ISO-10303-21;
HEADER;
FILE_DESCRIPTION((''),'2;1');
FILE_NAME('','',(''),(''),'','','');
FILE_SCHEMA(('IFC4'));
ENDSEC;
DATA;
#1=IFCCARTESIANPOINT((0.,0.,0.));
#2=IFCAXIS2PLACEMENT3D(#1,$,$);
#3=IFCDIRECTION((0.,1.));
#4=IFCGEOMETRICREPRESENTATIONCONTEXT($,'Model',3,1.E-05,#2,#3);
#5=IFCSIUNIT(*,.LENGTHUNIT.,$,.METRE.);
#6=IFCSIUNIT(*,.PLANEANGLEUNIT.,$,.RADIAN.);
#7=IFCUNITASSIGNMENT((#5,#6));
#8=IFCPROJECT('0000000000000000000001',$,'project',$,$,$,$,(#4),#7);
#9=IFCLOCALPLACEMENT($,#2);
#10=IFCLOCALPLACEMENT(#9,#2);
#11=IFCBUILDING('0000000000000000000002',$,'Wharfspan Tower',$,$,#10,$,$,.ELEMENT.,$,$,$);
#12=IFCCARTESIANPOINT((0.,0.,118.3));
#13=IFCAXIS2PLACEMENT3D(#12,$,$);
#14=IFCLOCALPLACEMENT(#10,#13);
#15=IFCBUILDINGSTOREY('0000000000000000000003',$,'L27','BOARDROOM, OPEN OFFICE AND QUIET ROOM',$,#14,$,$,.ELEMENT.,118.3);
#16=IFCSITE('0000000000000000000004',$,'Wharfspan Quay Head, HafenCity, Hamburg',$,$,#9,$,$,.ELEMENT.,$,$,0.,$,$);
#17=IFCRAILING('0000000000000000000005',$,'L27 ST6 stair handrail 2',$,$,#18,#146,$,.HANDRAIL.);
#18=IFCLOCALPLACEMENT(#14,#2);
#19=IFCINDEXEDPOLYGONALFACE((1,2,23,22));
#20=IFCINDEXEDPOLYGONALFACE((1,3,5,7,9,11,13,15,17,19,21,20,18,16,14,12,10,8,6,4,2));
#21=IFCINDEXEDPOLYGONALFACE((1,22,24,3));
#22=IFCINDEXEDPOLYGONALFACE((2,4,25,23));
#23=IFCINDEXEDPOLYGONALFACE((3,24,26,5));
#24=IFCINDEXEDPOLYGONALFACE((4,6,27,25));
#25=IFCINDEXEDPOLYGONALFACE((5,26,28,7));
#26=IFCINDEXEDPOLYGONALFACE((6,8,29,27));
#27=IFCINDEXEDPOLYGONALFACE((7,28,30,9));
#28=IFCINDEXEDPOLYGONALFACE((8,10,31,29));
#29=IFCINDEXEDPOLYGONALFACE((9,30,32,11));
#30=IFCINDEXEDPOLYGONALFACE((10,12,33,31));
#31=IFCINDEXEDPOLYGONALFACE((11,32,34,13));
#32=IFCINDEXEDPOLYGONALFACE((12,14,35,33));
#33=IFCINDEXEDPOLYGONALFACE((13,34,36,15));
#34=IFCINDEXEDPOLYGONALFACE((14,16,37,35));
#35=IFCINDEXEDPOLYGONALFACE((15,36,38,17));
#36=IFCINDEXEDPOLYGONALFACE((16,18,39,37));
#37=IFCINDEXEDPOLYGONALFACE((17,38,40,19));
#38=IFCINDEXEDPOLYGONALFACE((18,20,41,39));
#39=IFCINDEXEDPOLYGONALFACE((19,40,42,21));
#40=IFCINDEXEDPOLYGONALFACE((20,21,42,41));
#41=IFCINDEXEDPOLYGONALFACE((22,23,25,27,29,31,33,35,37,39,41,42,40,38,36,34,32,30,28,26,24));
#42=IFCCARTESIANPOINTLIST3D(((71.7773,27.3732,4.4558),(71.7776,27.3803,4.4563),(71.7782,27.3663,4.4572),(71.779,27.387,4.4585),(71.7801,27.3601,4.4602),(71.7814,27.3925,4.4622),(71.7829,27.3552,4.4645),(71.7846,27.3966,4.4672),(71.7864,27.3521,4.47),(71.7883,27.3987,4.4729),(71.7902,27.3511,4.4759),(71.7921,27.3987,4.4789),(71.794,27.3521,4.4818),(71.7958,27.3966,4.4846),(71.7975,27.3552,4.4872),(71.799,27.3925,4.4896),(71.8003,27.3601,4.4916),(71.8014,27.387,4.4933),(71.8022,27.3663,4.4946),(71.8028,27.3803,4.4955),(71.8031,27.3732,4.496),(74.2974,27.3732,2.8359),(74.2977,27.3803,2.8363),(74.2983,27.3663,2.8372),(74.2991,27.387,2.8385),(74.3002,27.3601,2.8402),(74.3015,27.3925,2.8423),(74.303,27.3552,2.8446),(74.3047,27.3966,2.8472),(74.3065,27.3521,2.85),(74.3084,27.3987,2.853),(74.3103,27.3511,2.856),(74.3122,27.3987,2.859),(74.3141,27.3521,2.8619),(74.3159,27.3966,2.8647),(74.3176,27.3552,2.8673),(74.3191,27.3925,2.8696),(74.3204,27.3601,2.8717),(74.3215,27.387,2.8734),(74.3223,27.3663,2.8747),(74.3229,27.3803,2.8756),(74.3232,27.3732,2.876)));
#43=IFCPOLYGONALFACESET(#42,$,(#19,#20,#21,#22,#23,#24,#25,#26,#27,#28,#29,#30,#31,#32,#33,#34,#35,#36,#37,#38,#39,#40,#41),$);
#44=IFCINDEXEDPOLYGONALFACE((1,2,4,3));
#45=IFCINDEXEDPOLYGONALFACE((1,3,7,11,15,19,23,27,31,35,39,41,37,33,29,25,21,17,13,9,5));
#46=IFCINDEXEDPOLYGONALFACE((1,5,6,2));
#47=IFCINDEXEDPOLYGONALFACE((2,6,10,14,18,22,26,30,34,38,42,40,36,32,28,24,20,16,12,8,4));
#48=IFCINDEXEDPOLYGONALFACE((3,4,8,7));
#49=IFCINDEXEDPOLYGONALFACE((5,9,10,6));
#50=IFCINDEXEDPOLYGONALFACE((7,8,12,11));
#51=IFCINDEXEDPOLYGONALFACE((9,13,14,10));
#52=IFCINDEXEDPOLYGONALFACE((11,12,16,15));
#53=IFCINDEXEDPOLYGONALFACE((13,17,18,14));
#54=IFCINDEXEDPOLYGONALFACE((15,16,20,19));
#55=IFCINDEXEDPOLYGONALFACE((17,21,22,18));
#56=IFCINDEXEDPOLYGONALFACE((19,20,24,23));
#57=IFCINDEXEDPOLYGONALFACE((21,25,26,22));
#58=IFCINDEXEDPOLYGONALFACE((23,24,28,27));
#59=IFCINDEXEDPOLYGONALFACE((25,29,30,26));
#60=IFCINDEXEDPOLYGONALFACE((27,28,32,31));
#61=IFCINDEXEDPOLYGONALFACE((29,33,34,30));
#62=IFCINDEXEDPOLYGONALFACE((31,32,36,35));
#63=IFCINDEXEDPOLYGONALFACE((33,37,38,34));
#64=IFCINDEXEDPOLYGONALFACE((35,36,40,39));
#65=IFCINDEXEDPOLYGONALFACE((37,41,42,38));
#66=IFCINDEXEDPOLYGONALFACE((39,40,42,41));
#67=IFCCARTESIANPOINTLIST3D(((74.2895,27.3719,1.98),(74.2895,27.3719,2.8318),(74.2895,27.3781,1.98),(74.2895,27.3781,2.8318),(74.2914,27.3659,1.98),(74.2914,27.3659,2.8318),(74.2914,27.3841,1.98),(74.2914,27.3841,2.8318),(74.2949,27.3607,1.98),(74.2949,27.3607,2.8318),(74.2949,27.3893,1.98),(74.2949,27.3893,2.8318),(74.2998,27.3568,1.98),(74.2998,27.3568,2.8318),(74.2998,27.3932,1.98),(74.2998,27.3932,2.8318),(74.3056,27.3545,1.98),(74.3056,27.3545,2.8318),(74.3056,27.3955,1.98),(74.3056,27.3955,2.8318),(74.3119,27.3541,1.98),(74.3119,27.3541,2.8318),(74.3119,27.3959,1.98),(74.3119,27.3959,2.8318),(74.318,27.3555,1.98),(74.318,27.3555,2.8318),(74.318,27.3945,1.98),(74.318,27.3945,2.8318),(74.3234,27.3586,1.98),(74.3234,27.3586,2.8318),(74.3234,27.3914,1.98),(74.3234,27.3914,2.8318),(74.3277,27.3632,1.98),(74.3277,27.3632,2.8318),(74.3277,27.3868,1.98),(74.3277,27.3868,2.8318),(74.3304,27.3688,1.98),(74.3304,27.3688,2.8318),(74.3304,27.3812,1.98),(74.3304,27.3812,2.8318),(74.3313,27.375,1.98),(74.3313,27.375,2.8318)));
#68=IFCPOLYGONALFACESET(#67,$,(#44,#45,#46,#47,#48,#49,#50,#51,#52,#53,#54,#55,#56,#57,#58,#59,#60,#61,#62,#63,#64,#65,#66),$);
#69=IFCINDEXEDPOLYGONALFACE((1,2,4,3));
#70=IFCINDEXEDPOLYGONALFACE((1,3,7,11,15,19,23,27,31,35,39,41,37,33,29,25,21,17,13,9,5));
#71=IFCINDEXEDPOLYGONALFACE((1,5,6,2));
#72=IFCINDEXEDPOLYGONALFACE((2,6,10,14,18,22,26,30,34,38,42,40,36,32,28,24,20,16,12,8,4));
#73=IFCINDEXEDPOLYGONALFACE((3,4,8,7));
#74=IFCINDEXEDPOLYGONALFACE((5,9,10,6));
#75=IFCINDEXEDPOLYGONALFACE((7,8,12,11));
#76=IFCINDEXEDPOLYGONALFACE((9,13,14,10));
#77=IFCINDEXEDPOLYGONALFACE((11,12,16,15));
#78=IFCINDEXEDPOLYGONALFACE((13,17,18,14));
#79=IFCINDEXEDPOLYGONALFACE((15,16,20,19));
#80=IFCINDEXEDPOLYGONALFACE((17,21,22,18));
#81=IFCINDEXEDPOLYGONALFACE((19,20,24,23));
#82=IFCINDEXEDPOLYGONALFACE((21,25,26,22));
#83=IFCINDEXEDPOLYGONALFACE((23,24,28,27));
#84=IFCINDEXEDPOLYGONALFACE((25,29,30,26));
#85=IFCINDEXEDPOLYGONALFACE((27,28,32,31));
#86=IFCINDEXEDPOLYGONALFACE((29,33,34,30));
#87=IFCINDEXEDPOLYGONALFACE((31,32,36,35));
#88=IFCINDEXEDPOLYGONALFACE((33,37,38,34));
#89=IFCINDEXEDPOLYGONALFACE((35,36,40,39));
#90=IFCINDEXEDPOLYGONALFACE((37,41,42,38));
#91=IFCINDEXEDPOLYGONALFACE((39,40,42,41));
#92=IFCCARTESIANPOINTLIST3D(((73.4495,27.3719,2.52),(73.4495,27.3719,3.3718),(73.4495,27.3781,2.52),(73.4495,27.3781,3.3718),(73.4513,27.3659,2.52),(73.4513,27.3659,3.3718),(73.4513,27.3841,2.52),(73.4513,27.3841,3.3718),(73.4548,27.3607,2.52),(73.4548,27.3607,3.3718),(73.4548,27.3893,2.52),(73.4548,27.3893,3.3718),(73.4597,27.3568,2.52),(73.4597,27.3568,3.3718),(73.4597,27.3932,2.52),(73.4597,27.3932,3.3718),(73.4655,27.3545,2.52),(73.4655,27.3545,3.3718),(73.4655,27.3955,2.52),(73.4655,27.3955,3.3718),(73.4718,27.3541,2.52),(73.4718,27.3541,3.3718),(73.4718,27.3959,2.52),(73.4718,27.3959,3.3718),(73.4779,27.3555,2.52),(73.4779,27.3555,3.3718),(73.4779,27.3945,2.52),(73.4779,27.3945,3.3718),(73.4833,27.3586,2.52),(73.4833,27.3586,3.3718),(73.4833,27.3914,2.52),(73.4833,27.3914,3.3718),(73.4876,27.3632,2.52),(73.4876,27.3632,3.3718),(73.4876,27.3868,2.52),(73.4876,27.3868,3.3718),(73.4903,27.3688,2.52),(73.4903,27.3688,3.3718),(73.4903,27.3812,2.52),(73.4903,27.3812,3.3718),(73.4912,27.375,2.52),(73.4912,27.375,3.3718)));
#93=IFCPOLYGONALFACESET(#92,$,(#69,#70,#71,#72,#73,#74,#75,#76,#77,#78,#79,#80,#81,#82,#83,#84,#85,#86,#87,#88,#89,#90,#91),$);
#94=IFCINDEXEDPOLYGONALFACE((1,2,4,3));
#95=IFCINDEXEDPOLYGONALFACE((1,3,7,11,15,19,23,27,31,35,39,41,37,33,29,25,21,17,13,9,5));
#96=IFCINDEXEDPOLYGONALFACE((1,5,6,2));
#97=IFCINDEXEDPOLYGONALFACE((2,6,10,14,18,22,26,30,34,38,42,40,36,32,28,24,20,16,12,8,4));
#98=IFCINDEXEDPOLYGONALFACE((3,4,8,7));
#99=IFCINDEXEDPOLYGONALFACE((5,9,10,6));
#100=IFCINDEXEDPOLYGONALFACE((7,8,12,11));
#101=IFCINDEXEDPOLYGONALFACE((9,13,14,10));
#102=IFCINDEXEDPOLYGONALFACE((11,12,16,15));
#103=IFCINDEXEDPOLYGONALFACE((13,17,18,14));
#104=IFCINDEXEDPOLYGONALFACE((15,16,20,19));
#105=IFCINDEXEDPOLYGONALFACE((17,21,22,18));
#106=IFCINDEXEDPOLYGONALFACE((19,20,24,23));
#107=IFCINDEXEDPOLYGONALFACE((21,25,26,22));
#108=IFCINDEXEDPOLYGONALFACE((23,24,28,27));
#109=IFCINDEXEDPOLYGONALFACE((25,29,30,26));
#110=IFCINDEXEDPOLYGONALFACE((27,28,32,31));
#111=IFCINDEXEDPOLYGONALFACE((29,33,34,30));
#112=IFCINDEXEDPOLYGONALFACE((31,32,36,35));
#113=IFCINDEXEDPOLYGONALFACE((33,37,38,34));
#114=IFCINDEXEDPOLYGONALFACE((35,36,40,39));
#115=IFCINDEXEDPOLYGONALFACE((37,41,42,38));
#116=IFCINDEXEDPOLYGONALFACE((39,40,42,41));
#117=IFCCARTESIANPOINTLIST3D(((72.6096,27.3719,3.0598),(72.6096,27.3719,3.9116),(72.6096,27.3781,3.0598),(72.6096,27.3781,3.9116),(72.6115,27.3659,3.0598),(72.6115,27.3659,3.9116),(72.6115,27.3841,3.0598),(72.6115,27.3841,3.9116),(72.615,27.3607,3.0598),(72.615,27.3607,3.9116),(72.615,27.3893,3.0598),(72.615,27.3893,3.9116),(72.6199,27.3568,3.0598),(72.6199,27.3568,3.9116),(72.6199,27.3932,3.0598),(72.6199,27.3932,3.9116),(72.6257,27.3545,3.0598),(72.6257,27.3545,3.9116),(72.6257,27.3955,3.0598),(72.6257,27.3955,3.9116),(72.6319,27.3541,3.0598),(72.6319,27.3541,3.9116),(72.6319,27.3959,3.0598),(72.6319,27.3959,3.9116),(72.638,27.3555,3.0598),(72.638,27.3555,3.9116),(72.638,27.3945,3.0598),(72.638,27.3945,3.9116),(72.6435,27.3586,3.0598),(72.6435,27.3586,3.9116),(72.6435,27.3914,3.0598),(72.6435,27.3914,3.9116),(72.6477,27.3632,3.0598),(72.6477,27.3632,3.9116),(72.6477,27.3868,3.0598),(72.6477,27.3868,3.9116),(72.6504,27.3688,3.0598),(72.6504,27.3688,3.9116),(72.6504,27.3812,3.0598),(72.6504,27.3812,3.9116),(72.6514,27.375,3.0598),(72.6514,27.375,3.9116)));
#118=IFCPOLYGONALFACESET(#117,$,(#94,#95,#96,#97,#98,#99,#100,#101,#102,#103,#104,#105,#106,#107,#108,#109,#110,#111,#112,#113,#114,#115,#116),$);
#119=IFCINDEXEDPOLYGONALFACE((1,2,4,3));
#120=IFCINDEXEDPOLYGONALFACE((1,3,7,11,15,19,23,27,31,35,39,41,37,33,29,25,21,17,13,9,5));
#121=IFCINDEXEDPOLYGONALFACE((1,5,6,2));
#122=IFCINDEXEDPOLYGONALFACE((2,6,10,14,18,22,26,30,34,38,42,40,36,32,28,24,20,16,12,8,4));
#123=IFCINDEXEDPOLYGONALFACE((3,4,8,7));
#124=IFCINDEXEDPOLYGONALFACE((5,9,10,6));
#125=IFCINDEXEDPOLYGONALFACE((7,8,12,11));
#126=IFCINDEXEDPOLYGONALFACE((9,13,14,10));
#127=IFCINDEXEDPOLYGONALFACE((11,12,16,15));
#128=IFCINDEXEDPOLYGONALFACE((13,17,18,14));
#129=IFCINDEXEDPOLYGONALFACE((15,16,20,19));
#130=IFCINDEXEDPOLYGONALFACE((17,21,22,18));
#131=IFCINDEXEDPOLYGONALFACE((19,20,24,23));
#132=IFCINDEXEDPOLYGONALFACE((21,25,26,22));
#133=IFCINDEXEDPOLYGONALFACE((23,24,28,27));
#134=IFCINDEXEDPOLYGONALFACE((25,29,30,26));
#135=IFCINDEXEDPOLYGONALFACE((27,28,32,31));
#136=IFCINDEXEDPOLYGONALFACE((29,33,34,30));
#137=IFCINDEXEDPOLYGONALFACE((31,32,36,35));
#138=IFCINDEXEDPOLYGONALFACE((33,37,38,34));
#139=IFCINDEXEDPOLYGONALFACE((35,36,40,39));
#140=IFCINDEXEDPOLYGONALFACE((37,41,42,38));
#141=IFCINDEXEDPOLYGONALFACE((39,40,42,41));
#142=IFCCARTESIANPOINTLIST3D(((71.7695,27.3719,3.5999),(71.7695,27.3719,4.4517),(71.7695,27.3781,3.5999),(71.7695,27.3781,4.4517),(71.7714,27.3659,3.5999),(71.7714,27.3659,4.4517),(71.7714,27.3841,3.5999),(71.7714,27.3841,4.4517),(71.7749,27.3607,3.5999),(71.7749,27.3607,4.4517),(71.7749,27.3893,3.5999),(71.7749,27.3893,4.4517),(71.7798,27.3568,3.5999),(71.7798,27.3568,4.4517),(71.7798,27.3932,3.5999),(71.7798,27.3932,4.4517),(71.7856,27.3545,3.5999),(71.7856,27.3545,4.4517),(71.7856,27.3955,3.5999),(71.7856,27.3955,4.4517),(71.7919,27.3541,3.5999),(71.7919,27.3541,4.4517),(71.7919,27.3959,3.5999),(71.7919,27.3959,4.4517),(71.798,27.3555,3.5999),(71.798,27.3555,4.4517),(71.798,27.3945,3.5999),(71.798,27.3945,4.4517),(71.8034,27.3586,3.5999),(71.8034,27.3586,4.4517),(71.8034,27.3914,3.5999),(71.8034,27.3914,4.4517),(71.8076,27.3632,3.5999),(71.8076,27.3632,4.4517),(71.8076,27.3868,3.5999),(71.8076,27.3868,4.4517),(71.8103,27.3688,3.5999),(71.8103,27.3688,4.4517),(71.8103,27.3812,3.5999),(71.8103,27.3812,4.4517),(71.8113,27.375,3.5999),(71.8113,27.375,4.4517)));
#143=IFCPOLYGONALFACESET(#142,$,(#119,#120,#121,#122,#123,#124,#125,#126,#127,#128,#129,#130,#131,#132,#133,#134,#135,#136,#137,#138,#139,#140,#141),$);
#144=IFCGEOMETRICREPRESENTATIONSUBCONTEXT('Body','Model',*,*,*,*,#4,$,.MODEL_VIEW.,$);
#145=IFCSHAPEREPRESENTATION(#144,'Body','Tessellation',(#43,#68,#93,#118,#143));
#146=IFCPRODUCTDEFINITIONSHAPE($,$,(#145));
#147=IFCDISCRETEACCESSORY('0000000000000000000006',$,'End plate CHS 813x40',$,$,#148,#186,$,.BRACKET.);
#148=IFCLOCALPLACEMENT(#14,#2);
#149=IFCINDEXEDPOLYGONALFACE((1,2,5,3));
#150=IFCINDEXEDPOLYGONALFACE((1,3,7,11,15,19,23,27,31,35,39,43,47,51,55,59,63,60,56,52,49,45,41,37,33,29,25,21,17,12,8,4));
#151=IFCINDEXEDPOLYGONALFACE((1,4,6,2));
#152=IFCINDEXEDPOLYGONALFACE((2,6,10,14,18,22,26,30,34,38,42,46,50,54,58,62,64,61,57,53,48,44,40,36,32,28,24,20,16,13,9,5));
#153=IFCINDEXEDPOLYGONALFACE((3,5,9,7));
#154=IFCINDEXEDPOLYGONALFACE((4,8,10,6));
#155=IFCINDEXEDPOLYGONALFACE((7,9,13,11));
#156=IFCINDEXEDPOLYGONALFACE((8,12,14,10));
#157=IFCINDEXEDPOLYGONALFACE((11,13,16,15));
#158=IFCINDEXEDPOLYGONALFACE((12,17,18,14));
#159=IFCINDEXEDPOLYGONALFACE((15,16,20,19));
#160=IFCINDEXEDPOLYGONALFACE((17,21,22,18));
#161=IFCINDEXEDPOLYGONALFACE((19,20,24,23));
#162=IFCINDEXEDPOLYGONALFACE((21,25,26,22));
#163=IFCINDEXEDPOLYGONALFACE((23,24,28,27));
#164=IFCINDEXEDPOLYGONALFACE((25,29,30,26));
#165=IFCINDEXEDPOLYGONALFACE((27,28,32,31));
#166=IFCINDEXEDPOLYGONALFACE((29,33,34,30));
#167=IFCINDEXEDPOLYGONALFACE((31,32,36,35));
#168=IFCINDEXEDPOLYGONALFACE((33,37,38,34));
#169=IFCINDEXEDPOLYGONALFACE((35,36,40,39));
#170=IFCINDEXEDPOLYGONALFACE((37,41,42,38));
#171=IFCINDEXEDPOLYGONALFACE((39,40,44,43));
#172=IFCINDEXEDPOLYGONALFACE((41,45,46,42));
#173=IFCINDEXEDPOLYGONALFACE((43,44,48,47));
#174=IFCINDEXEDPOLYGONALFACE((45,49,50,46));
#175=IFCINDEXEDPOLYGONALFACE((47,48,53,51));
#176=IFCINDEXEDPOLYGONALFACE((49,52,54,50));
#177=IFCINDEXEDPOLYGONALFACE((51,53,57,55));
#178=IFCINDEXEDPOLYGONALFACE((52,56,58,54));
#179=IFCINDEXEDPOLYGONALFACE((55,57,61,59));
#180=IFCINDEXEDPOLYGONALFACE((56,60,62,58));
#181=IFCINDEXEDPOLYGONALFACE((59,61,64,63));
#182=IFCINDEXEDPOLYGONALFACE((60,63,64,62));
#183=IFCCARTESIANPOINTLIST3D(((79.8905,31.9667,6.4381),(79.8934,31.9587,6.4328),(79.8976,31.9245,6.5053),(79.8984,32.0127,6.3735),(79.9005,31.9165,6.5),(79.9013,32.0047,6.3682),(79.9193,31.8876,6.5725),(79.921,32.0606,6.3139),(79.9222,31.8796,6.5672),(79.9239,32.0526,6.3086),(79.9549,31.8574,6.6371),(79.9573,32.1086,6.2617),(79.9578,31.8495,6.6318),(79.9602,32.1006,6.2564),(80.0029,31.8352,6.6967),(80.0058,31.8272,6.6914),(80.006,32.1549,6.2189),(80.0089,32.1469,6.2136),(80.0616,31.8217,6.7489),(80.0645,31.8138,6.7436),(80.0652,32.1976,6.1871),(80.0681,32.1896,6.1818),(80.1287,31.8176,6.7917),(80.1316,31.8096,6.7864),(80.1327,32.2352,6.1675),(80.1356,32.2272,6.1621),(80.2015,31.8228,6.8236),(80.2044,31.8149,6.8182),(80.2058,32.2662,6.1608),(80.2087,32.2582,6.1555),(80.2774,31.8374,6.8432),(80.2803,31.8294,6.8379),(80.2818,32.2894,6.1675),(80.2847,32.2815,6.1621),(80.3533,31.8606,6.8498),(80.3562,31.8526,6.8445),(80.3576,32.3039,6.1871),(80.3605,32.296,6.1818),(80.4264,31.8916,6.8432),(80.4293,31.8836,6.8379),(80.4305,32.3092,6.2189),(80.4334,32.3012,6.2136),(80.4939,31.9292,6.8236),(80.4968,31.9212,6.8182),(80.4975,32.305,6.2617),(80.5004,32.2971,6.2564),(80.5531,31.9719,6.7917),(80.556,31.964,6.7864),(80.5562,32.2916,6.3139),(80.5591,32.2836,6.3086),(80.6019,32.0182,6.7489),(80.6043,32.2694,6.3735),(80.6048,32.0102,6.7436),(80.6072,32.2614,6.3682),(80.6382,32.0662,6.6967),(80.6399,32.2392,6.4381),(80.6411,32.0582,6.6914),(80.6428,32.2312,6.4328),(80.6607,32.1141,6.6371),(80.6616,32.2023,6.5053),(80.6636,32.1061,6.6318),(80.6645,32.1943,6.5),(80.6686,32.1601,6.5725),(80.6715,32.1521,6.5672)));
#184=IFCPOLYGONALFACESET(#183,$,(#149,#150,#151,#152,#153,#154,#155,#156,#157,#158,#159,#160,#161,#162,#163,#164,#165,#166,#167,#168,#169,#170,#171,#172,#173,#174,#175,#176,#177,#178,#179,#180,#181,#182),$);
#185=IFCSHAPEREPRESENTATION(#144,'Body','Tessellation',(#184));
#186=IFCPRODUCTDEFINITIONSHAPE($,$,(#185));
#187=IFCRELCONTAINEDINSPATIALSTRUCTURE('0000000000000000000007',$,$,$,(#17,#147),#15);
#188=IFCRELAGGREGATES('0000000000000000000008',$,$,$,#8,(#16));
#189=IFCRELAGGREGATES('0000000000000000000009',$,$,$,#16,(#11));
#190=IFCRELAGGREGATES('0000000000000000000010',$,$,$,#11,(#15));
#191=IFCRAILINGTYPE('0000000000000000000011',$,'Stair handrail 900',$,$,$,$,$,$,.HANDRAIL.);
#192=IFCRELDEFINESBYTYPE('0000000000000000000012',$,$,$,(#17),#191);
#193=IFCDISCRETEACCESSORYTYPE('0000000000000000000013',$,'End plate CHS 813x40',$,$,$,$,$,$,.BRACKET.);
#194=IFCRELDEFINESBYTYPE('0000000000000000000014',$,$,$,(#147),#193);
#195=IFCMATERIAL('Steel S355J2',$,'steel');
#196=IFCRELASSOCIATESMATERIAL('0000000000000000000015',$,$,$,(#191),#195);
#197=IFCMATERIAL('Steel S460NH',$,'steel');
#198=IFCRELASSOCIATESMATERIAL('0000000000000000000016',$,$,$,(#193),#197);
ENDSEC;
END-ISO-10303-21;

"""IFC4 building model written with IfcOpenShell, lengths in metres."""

from ifc_helpers import new_model, si_unit, direction, frame, origin, origin_2d, place, context, subcontext, project, spatial, circle, extrude, material, material_profile, profile_set, type_object, element, save


model = new_model("IFC4")

# Units and contexts
model_context = context("Model", 3, precision=1e-05, world=origin(), true_north=direction((0.0, 1.0)))
body_context = subcontext(model_context, "Body", "Model", "MODEL_VIEW")
ifc_project = project(units=[si_unit("LENGTHUNIT", "METRE"), si_unit("PLANEANGLEUNIT", "RADIAN")], contexts=[model_context])

# Site, building, storey
site_placement = place(None, origin())
site = spatial("IfcSite", under=ifc_project, at=site_placement, Name="Wharfspan Quay Head, HafenCity, Hamburg", CompositionType="ELEMENT", RefElevation=0.0)
building_placement = place(site_placement, origin())
building = spatial("IfcBuilding", under=site, at=building_placement, Name="Wharfspan Tower", CompositionType="ELEMENT")
storey_placement = place(building_placement, frame((0.0, 0.0, 118.3)))
storey = spatial("IfcBuildingStorey", under=building, at=storey_placement, Name="L27", Description="BOARDROOM, OPEN OFFICE AND QUIET ROOM", CompositionType="ELEMENT", Elevation=118.3)

# Shared definitions
ifc_material_1 = material(Name="Steel S355J2", Category="steel")

# Shared definitions
ifc_material_2 = material(Name="Steel S460NH", Category="steel")

# Railing
railing_type = type_object("IfcRailingType", Name="Stair handrail 900", PredefinedType="HANDRAIL", material=ifc_material_1)
railing_placement = place(storey_placement, frame((74.3103, 27.375, 1.98)))
element("IfcRailing", 1, at=railing_placement, inside=storey, type_object=railing_type, Name="L27 ST6 stair handrail 2", PredefinedType="HANDRAIL", context=body_context, shape_type="SweptSolid", body=[
    extrude(circle(Radius=0.0239, at=origin_2d()), frame((0.0, 0.0, 0.876), z_axis=(-0.8412, 0.0, 0.540725), x_axis=(0.0, -1.0, 0.0)), (0.0, 0.0, 1.0), 2.9958),
    extrude(circle(Radius=0.021, at=origin_2d()), origin(), (0.0, 0.0, 1.0), 0.8518),
    extrude(circle(Radius=0.021, at=origin_2d()), frame((-0.8401, 0.0, 0.54)), (0.0, 0.0, 1.0), 0.8518),
    extrude(circle(Radius=0.021, at=origin_2d()), frame((-1.6799, 0.0, 1.0798)), (0.0, 0.0, 1.0), 0.8518),
    extrude(circle(Radius=0.021, at=origin_2d()), frame((-2.52, 0.0, 1.6199)), (0.0, 0.0, 1.0), 0.8518),
])

# Discrete accessory
ifc_material_profile_1 = material_profile(ifc_material_2, circle(Radius=0.4065, at=origin_2d()))
ifc_profile_set_1 = profile_set([ifc_material_profile_1], Name="Steel S460NH")
discrete_accessory_type = type_object("IfcDiscreteAccessoryType", Name="End plate CHS 813x40", PredefinedType="BRACKET", material=ifc_profile_set_1)
discrete_accessory_placement = place(storey_placement, frame((80.2825, 32.0554, 6.5), z_axis=(-0.289598, 0.796395, 0.53093), x_axis=(-0.939792, -0.341743, 0.000001)))
element("IfcDiscreteAccessory", 2, at=discrete_accessory_placement, inside=storey, type_object=discrete_accessory_type, Name="End plate CHS 813x40", PredefinedType="BRACKET", context=body_context, shape_type="SweptSolid", body=[
    extrude(circle(Radius=0.4065, at=origin_2d()), origin(), (0.0, 0.0, 1.0), 0.01),
])

save(model, "model.ifc")
